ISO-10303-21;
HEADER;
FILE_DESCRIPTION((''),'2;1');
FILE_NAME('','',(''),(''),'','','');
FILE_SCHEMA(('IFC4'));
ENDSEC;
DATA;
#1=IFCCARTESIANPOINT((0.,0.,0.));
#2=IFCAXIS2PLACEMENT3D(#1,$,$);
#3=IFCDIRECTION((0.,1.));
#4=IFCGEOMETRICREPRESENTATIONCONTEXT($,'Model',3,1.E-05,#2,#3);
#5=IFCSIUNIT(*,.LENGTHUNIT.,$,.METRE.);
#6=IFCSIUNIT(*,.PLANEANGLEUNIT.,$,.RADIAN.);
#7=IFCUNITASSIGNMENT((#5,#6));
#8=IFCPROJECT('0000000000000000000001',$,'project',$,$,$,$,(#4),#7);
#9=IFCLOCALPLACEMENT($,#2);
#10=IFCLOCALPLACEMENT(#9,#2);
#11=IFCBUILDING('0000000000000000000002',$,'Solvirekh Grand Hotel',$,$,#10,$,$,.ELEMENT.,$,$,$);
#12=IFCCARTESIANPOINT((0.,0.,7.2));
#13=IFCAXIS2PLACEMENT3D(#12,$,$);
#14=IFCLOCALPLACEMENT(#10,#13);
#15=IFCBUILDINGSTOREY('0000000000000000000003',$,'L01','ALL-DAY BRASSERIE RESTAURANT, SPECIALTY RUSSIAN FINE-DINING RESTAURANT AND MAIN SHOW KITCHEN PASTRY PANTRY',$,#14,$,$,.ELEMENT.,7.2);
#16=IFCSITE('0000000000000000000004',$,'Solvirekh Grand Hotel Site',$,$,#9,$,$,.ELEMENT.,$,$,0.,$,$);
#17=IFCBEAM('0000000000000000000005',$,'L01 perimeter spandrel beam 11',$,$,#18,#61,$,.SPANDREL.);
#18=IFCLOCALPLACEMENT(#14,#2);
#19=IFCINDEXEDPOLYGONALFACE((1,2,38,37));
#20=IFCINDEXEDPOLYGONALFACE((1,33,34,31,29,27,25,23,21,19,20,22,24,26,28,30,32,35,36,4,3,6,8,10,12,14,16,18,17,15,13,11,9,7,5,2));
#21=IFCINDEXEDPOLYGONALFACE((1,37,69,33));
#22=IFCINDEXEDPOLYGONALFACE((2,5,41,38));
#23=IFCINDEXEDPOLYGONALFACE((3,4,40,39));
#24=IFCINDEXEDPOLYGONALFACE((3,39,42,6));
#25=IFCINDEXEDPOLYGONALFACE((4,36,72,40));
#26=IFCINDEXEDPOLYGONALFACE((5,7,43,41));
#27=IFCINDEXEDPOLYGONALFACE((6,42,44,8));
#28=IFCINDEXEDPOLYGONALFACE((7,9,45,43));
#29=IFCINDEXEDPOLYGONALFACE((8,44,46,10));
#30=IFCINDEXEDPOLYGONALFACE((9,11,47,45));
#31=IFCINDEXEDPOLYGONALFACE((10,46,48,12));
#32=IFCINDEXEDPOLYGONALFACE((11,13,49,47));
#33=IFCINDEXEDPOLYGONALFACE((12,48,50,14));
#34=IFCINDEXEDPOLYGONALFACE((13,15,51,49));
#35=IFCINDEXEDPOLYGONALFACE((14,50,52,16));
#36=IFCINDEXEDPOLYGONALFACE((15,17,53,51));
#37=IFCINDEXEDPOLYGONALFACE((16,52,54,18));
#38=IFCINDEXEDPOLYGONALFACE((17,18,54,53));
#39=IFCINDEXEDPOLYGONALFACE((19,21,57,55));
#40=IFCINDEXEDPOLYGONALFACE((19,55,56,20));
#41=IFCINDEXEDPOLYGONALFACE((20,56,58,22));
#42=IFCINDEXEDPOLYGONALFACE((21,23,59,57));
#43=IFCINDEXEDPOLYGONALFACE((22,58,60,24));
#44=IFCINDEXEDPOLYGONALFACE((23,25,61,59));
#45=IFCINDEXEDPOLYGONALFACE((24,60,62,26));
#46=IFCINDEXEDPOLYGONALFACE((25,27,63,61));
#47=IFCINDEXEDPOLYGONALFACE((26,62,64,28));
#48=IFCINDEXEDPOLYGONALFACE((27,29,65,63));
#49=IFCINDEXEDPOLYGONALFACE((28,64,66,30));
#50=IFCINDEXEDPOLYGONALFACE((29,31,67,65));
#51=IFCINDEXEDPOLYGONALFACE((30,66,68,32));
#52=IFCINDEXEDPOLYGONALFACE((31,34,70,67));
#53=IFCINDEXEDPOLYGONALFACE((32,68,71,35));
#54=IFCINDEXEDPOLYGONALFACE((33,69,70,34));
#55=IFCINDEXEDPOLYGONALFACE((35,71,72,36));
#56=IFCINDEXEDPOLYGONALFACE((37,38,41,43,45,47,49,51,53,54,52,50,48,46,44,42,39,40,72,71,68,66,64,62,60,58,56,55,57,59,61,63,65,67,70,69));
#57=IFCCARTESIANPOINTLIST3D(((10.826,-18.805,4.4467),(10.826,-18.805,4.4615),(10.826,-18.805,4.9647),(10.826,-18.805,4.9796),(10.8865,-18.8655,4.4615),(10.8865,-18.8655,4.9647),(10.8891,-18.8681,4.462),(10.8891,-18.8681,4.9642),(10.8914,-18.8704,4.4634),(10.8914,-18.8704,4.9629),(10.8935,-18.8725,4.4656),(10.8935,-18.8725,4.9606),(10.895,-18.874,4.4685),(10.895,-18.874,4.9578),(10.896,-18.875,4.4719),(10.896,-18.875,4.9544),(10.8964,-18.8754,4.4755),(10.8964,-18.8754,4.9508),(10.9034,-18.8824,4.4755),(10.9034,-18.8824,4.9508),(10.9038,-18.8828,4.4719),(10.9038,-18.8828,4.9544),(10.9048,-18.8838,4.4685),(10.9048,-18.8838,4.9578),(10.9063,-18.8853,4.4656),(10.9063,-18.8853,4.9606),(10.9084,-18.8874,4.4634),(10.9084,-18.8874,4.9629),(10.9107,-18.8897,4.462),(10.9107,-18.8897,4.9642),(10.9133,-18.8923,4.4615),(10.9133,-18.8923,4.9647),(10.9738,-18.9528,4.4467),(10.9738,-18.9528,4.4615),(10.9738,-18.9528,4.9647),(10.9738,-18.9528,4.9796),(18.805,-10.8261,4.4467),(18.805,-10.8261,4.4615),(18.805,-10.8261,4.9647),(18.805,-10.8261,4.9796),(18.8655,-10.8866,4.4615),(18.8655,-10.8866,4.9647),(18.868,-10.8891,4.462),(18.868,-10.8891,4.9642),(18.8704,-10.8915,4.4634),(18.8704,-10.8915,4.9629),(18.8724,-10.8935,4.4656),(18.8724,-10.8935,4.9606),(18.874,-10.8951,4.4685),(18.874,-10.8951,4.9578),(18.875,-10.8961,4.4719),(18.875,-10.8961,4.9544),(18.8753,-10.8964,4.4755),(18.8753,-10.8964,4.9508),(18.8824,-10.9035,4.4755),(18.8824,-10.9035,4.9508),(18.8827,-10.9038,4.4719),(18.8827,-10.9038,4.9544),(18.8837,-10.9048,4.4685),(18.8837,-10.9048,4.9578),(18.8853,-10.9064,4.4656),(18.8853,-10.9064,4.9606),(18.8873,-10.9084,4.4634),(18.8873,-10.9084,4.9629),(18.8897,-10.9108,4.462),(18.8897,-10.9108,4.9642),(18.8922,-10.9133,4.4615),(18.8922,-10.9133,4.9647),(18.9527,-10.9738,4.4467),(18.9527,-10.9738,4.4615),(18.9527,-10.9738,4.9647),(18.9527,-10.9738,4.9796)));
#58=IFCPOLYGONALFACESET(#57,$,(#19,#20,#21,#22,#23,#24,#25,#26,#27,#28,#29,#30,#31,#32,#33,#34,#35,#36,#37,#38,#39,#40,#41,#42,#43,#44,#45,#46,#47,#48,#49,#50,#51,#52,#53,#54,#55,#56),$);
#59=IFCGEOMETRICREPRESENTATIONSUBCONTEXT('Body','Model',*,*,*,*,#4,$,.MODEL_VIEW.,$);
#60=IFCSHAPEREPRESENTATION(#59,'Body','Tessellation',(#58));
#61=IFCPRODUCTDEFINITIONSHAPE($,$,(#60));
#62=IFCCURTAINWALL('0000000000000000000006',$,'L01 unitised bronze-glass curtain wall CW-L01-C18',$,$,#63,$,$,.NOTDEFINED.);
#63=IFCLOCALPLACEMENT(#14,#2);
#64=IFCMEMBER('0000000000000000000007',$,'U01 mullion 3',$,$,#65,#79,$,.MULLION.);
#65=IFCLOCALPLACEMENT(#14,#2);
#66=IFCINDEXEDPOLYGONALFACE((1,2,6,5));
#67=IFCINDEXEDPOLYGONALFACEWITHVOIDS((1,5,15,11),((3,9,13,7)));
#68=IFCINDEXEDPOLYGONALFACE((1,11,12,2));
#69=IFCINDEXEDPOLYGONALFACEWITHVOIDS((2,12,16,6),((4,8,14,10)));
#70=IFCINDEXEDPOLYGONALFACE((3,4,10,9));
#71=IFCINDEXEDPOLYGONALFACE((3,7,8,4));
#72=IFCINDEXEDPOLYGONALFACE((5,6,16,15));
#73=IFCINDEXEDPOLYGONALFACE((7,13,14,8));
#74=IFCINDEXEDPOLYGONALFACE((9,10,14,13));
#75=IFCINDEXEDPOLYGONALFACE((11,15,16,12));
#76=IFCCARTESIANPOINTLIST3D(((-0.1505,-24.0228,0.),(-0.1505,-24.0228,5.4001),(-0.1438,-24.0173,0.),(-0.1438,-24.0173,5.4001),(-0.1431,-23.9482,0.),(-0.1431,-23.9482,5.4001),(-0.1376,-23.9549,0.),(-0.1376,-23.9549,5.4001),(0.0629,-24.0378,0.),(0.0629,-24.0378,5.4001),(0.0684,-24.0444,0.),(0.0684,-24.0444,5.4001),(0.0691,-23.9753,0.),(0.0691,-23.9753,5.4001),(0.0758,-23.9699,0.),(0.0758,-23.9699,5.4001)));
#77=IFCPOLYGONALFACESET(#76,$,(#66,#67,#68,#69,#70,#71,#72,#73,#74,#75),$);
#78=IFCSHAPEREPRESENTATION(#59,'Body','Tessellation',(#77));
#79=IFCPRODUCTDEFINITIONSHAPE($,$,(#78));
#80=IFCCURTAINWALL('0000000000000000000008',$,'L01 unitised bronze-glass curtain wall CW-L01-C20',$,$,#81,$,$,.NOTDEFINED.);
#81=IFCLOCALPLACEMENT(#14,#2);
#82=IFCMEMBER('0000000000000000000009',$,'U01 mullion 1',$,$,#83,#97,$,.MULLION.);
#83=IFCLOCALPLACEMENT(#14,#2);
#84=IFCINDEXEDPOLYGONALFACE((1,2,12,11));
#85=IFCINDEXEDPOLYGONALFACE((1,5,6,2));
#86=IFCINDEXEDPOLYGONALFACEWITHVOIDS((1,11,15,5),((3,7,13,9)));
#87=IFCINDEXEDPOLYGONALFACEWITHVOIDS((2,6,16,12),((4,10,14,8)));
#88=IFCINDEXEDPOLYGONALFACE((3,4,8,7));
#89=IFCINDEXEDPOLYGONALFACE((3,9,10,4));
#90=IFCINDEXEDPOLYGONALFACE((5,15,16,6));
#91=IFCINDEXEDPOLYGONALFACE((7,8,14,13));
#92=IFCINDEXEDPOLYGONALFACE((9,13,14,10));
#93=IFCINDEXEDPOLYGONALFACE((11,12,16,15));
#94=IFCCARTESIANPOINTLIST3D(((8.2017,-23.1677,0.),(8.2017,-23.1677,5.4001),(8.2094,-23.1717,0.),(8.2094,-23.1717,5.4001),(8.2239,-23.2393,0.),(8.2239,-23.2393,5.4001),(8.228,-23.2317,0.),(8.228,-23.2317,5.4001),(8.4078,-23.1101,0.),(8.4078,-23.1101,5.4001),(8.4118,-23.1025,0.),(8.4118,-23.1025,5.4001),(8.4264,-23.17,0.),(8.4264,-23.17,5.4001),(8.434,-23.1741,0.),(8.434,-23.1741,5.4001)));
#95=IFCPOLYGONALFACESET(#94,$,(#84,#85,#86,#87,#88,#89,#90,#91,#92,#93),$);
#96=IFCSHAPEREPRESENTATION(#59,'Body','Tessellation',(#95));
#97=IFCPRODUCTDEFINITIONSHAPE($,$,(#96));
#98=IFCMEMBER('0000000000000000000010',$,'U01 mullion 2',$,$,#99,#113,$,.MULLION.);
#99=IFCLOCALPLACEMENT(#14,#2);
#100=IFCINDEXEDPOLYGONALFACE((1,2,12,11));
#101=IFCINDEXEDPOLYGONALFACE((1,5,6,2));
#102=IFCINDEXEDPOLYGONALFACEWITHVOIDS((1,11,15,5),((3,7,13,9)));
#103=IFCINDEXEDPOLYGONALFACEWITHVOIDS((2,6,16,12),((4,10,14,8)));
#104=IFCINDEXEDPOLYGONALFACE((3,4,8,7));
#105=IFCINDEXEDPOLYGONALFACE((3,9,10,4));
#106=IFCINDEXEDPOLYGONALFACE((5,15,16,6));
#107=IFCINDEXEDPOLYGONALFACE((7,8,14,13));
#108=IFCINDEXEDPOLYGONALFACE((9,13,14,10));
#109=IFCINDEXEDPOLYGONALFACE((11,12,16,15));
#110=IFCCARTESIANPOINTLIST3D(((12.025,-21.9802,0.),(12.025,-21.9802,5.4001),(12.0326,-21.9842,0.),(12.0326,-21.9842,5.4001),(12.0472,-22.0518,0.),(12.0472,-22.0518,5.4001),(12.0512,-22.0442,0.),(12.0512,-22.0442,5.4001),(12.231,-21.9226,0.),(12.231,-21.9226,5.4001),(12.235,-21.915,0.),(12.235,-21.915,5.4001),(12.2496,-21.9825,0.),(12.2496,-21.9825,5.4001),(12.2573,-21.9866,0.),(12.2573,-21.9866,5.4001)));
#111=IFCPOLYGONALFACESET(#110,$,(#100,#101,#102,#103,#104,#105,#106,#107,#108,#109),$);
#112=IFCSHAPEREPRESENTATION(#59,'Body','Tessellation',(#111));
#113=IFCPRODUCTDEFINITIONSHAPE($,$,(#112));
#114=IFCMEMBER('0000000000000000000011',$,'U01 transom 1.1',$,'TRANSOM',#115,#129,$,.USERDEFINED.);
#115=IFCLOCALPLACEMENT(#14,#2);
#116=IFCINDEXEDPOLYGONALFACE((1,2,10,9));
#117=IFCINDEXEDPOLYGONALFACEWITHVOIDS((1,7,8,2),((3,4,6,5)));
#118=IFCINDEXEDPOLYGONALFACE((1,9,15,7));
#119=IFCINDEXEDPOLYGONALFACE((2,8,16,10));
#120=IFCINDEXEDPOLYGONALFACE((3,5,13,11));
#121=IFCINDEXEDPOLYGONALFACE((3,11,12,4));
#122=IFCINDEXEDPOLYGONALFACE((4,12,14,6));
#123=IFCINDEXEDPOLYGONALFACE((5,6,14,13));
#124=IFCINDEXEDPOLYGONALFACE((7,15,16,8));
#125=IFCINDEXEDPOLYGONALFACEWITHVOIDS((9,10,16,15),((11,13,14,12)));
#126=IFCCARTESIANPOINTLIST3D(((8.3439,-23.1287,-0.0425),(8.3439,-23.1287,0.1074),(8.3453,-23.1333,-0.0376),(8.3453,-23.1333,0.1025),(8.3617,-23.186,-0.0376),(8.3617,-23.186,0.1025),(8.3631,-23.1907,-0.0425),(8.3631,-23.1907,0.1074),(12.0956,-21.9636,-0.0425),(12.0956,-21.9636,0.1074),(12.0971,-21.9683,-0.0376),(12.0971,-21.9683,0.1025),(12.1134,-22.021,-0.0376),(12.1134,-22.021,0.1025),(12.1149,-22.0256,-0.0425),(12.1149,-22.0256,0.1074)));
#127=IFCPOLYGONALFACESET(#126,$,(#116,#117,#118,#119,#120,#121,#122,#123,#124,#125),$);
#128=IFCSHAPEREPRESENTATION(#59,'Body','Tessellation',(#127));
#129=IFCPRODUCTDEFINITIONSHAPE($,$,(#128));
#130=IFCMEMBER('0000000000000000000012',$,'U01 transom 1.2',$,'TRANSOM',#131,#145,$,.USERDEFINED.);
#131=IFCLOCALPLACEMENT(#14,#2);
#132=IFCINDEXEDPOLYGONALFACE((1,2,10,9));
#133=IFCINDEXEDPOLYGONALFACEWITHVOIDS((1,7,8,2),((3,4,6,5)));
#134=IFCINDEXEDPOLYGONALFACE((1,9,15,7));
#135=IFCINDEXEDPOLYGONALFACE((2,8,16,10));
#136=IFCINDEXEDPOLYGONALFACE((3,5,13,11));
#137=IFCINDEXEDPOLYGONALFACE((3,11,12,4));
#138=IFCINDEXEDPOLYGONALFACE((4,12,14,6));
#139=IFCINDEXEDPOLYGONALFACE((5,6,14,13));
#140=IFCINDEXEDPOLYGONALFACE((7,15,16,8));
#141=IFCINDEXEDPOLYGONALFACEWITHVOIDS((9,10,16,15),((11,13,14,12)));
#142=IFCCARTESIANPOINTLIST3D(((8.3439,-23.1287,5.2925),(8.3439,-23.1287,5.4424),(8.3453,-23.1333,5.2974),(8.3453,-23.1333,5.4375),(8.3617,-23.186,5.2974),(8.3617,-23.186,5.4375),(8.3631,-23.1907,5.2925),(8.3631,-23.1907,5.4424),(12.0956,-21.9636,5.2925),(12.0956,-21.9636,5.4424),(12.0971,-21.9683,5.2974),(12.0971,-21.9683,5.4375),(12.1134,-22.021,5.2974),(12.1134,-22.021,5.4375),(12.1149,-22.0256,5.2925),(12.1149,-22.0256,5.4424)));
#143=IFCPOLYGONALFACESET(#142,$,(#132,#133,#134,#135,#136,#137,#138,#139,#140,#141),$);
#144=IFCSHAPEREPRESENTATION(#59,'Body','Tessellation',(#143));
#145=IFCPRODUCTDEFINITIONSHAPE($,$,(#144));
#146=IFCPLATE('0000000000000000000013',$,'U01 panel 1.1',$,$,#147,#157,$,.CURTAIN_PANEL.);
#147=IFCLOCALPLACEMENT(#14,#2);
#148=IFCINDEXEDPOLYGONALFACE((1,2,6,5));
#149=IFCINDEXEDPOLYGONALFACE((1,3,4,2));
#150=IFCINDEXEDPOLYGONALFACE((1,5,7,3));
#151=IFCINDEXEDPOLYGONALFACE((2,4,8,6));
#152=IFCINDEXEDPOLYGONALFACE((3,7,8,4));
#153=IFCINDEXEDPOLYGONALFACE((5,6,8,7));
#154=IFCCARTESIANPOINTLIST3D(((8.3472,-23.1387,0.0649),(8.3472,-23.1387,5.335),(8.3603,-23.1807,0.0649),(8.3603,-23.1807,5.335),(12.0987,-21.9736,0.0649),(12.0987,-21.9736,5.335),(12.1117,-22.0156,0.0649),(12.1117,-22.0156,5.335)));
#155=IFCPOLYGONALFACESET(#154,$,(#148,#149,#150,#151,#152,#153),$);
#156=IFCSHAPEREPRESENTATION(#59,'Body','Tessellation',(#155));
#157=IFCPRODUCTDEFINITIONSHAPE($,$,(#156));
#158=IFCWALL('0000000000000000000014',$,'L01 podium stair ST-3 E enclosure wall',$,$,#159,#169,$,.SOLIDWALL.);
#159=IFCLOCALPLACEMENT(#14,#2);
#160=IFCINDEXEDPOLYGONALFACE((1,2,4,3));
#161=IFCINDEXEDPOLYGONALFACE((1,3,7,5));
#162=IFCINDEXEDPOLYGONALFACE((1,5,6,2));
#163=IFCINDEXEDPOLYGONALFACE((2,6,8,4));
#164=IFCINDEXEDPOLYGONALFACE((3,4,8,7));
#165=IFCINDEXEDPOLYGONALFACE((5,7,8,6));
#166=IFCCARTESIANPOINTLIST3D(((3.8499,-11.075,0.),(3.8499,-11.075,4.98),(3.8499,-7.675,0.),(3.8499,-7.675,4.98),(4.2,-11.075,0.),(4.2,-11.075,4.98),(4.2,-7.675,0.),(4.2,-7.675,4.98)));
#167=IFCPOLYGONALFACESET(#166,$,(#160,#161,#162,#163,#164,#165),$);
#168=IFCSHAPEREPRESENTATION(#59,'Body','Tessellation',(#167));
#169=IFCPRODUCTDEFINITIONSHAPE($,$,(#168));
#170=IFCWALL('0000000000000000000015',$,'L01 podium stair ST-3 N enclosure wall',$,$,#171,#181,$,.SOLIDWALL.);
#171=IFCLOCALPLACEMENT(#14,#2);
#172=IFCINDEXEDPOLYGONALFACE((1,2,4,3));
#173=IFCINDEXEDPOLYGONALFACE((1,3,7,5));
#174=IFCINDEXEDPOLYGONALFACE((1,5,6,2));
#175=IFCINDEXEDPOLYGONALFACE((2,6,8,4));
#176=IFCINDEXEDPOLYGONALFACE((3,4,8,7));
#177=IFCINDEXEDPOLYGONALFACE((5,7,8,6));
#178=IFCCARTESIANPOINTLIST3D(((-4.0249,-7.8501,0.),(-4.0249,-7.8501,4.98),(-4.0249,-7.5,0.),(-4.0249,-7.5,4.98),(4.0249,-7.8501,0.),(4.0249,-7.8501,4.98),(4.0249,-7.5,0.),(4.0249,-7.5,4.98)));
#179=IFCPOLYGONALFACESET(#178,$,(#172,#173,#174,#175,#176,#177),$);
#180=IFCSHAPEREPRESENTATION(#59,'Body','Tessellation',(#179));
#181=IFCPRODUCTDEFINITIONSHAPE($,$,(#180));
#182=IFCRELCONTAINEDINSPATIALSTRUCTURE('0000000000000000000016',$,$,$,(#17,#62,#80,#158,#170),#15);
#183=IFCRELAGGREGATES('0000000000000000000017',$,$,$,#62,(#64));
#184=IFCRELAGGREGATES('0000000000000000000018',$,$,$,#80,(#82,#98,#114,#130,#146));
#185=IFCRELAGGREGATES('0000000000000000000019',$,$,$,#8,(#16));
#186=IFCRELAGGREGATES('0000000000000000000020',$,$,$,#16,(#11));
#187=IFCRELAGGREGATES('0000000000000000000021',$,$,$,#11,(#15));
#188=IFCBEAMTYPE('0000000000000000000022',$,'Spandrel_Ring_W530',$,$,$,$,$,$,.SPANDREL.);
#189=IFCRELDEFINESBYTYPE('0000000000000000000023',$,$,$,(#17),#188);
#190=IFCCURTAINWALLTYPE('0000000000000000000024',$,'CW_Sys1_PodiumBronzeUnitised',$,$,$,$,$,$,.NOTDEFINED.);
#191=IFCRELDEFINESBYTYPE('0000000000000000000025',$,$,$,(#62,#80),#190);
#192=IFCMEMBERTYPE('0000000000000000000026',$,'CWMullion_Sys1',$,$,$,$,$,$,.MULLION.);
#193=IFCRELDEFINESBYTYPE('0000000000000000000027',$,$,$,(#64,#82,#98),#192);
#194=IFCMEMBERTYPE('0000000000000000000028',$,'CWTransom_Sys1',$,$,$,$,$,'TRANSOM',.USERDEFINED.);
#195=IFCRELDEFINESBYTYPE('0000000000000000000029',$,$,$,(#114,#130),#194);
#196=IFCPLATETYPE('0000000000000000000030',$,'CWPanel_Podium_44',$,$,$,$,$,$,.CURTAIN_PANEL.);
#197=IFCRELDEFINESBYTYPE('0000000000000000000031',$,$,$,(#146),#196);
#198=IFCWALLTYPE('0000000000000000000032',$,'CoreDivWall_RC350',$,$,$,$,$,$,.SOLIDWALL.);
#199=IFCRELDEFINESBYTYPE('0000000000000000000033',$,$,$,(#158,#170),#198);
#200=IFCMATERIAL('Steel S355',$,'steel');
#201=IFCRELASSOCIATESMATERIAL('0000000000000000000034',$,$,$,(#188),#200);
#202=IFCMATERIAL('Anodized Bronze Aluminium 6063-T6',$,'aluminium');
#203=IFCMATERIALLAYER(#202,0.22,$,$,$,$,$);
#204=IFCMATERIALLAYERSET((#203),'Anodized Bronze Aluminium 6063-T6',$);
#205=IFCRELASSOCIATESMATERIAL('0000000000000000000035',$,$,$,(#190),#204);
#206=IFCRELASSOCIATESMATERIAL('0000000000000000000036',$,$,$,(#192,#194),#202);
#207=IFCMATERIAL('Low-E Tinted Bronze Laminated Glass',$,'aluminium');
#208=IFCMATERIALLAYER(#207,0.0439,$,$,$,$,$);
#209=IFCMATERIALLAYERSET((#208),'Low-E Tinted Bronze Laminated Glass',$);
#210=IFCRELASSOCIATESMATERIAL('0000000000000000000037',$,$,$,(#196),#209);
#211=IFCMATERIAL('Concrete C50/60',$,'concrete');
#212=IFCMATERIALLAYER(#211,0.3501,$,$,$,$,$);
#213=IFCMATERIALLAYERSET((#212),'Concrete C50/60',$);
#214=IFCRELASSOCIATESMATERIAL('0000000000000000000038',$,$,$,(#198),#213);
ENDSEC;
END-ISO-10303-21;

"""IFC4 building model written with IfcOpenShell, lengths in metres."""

from ifc_helpers import new_model, si_unit, direction, frame, frame_2d, origin, origin_2d, place, context, subcontext, project, spatial, rectangle, hollow_rectangle, i_section, extrude, source, transform, mapped, material, layer, layer_set, material_profile, profile_set, type_object, element, aggregate, save


model = new_model("IFC4")

# Units and contexts
model_context = context("Model", 3, precision=1e-05, world=origin(), true_north=direction((0.0, 1.0)))
body_context = subcontext(model_context, "Body", "Model", "MODEL_VIEW")
ifc_project = project(units=[si_unit("LENGTHUNIT", "METRE"), si_unit("PLANEANGLEUNIT", "RADIAN")], contexts=[model_context])

# Site, building, storey
site_placement = place(None, origin())
site = spatial("IfcSite", under=ifc_project, at=site_placement, Name="Solvirekh Grand Hotel Site", CompositionType="ELEMENT", RefElevation=0.0)
building_placement = place(site_placement, origin())
building = spatial("IfcBuilding", under=site, at=building_placement, Name="Solvirekh Grand Hotel", CompositionType="ELEMENT")
storey_placement = place(building_placement, frame((0.0, 0.0, 7.2)))
storey = spatial("IfcBuildingStorey", under=building, at=storey_placement, Name="L01", Description="ALL-DAY BRASSERIE RESTAURANT, SPECIALTY RUSSIAN FINE-DINING RESTAURANT AND MAIN SHOW KITCHEN PASTRY PANTRY", CompositionType="ELEMENT", Elevation=7.2)

# Beam
ifc_material_1 = material(Name="Steel S355", Category="steel")
ifc_material_profile_1 = material_profile(ifc_material_1, i_section(OverallWidth=0.209, OverallDepth=0.533, WebThickness=0.01, FlangeThickness=0.0149, FilletRadius=0.0139, at=origin_2d()), Name="W530X92")
ifc_profile_set_1 = profile_set([ifc_material_profile_1], Name="Steel S355")
beam_type_1 = type_object("IfcBeamType", Name="Spandrel_Ring_W530", PredefinedType="SPANDREL", material=ifc_profile_set_1)
beam_1_placement = place(storey_placement, frame((10.8999, -18.8789, 4.7131), z_axis=(0.707107, 0.707107, 0.0), x_axis=(-0.707107, 0.707107, 0.0)))
element("IfcBeam", 1, at=beam_1_placement, inside=storey, type_object=beam_type_1, Name="L01 perimeter spandrel beam 11", PredefinedType="SPANDREL", context=body_context, shape_type="SweptSolid", body=[
    extrude(i_section(OverallWidth=0.209, OverallDepth=0.533, WebThickness=0.01, FlangeThickness=0.0149, FilletRadius=0.0139, at=origin_2d()), origin(), (0.0, 0.0, 1.0), 11.2839),
])

# Curtain wall, member
ifc_material_2 = material(Name="Anodized Bronze Aluminium 6063-T6", Category="aluminium")
ifc_layer_1 = layer(ifc_material_2, 0.22)
ifc_layer_set_1 = layer_set([ifc_layer_1], Name="Anodized Bronze Aluminium 6063-T6")
curtain_wall_type = type_object("IfcCurtainWallType", Name="CW_Sys1_PodiumBronzeUnitised", PredefinedType="NOTDEFINED", material=ifc_layer_set_1)
curtain_wall_1_placement = place(storey_placement, origin())
curtain_wall_1 = element("IfcCurtainWall", 2, at=curtain_wall_1_placement, inside=storey, type_object=curtain_wall_type, Name="L01 unitised bronze-glass curtain wall CW-L01-C18", PredefinedType="NOTDEFINED")
ifc_material_profile_2 = material_profile(ifc_material_2, hollow_rectangle(XDim=0.075, YDim=0.22, WallThickness=0.0061, at=origin_2d()), Name="ALU RHS 220X75X6")
ifc_profile_set_2 = profile_set([ifc_material_profile_2], Name="Anodized Bronze Aluminium 6063-T6")
member_type_1 = type_object("IfcMemberType", Name="CWMullion_Sys1", PredefinedType="MULLION", material=ifc_profile_set_2)
shared_shape_1 = source(origin(), body_context, "Body", "SweptSolid", [
    extrude(hollow_rectangle(XDim=0.075, YDim=0.22, WallThickness=0.0061, at=origin_2d()), origin(), (0.0, 0.0, 1.0), 5.4001),
])
member_1_placement = place(storey_placement, frame((-0.0374, -23.9963, 0.0), z_axis=(0.0, 0.0, 1.0), x_axis=(0.09829, 0.995158, 0.0)))
member_1 = element("IfcMember", 3, at=member_1_placement, type_object=member_type_1, Name="U01 mullion 3", PredefinedType="MULLION", context=body_context, shape_type="MappedRepresentation", body=[
    mapped(shared_shape_1, transform((0.0, 0.0, 0.0), x_axis=(1.0, 0.0, 0.0), y_axis=(0.0, 1.0, 0.0), z_axis=(0.0, 0.0, 1.0), scale=1.0)),
])
aggregate(curtain_wall_1, [member_1])

# Curtain wall, members, plate
curtain_wall_2_placement = place(storey_placement, origin())
curtain_wall_2 = element("IfcCurtainWall", 4, at=curtain_wall_2_placement, inside=storey, type_object=curtain_wall_type, Name="L01 unitised bronze-glass curtain wall CW-L01-C20", PredefinedType="NOTDEFINED")
member_2_placement = place(storey_placement, frame((8.3179, -23.1709, 0.0), z_axis=(0.0, 0.0, 1.0), x_axis=(-0.296598, 0.955003, 0.0)))
member_2 = element("IfcMember", 5, at=member_2_placement, type_object=member_type_1, Name="U01 mullion 1", PredefinedType="MULLION", context=body_context, shape_type="MappedRepresentation", body=[
    mapped(shared_shape_1, transform((0.0, 0.0, 0.0), x_axis=(1.0, 0.0, 0.0), y_axis=(0.0, 1.0, 0.0), z_axis=(0.0, 0.0, 1.0), scale=1.0)),
])
member_3_placement = place(storey_placement, frame((12.1411, -21.9834, 0.0), z_axis=(0.0, 0.0, 1.0), x_axis=(-0.296598, 0.955003, 0.0)))
member_3 = element("IfcMember", 6, at=member_3_placement, type_object=member_type_1, Name="U01 mullion 2", PredefinedType="MULLION", context=body_context, shape_type="MappedRepresentation", body=[
    mapped(shared_shape_1, transform((0.0, 0.0, 0.0), x_axis=(1.0, 0.0, 0.0), y_axis=(0.0, 1.0, 0.0), z_axis=(0.0, 0.0, 1.0), scale=1.0)),
])
ifc_material_profile_3 = material_profile(ifc_material_2, hollow_rectangle(XDim=0.0649, YDim=0.1499, WallThickness=0.0049, at=origin_2d()), Name="ALU RHS 150X65X5")
ifc_profile_set_3 = profile_set([ifc_material_profile_3], Name="Anodized Bronze Aluminium 6063-T6")
member_type_2 = type_object("IfcMemberType", Name="CWTransom_Sys1", ElementType="TRANSOM", PredefinedType="USERDEFINED", material=ifc_profile_set_3)
shared_shape_2 = source(origin(), body_context, "Body", "SweptSolid", [
    extrude(hollow_rectangle(XDim=0.0649, YDim=0.1499, WallThickness=0.0049, at=origin_2d()), origin(), (0.0, 0.0, 1.0), 3.9285),
])
member_4_placement = place(storey_placement, frame((8.3535, -23.1597, 0.0325), z_axis=(0.955013, 0.296565, 0.0), x_axis=(-0.296565, 0.955013, 0.0)))
member_4 = element("IfcMember", 7, at=member_4_placement, type_object=member_type_2, Name="U01 transom 1.1", ObjectType="TRANSOM", PredefinedType="USERDEFINED", context=body_context, shape_type="MappedRepresentation", body=[
    mapped(shared_shape_2, transform((0.0, 0.0, 0.0), x_axis=(1.0, 0.0, 0.0), y_axis=(0.0, 1.0, 0.0), z_axis=(0.0, 0.0, 1.0), scale=1.0)),
])
member_5_placement = place(storey_placement, frame((8.3535, -23.1597, 5.3674), z_axis=(0.955013, 0.296565, 0.0), x_axis=(-0.296565, 0.955013, 0.0)))
member_5 = element("IfcMember", 8, at=member_5_placement, type_object=member_type_2, Name="U01 transom 1.2", ObjectType="TRANSOM", PredefinedType="USERDEFINED", context=body_context, shape_type="MappedRepresentation", body=[
    mapped(shared_shape_2, transform((0.0, 0.0, 0.0), x_axis=(1.0, 0.0, 0.0), y_axis=(0.0, 1.0, 0.0), z_axis=(0.0, 0.0, 1.0), scale=1.0)),
])
ifc_material_3 = material(Name="Low-E Tinted Bronze Laminated Glass", Category="aluminium")
ifc_layer_2 = layer(ifc_material_3, 0.0439)
ifc_layer_set_2 = layer_set([ifc_layer_2], Name="Low-E Tinted Bronze Laminated Glass")
plate_type = type_object("IfcPlateType", Name="CWPanel_Podium_44", PredefinedType="CURTAIN_PANEL", material=ifc_layer_set_2)
shared_shape_3 = source(origin(), body_context, "Body", "SweptSolid", [
    extrude(rectangle(XDim=3.9282, YDim=0.0439, at=origin_2d()), origin(), (0.0, 0.0, 1.0), 5.27),
])
plate_placement = place(storey_placement, frame((10.2295, -22.5771, 0.0649), z_axis=(0.0, 0.0, 1.0), x_axis=(0.955003, 0.296598, 0.0)))
plate = element("IfcPlate", 9, at=plate_placement, type_object=plate_type, Name="U01 panel 1.1", PredefinedType="CURTAIN_PANEL", context=body_context, shape_type="MappedRepresentation", body=[
    mapped(shared_shape_3, transform((0.0, 0.0, 0.0), x_axis=(1.0, 0.0, 0.0), y_axis=(0.0, 1.0, 0.0), z_axis=(0.0, 0.0, 1.0), scale=1.0)),
])
aggregate(curtain_wall_2, [member_2, member_3, member_4, member_5, plate])

# Walls
ifc_material_4 = material(Name="Concrete C50/60", Category="concrete")
ifc_layer_3 = layer(ifc_material_4, 0.3501)
ifc_layer_set_3 = layer_set([ifc_layer_3], Name="Concrete C50/60")
wall_type_1 = type_object("IfcWallType", Name="CoreDivWall_RC350", PredefinedType="SOLIDWALL", material=ifc_layer_set_3)
wall_1_placement = place(storey_placement, frame((4.0249, -11.075, 0.0), z_axis=(0.0, 0.0, 1.0), x_axis=(0.0, 1.0, 0.0)))
element("IfcWall", 10, at=wall_1_placement, inside=storey, type_object=wall_type_1, Name="L01 podium stair ST-3 E enclosure wall", PredefinedType="SOLIDWALL", context=body_context, shape_type="SweptSolid", body=[
    extrude(rectangle(XDim=3.3999, YDim=0.3501, at=frame_2d((1.7, 0.0))), origin(), (0.0, 0.0, 1.0), 4.98),
])
wall_2_placement = place(storey_placement, frame((4.0249, -7.675, 0.0), z_axis=(0.0, 0.0, 1.0), x_axis=(-1.0, 0.0, 0.0)))
element("IfcWall", 11, at=wall_2_placement, inside=storey, type_object=wall_type_1, Name="L01 podium stair ST-3 N enclosure wall", PredefinedType="SOLIDWALL", context=body_context, shape_type="SweptSolid", body=[
    extrude(rectangle(XDim=8.0498, YDim=0.3501, at=frame_2d((4.0249, 0.0))), origin(), (0.0, 0.0, 1.0), 4.98),
])

save(model, "model.ifc")
